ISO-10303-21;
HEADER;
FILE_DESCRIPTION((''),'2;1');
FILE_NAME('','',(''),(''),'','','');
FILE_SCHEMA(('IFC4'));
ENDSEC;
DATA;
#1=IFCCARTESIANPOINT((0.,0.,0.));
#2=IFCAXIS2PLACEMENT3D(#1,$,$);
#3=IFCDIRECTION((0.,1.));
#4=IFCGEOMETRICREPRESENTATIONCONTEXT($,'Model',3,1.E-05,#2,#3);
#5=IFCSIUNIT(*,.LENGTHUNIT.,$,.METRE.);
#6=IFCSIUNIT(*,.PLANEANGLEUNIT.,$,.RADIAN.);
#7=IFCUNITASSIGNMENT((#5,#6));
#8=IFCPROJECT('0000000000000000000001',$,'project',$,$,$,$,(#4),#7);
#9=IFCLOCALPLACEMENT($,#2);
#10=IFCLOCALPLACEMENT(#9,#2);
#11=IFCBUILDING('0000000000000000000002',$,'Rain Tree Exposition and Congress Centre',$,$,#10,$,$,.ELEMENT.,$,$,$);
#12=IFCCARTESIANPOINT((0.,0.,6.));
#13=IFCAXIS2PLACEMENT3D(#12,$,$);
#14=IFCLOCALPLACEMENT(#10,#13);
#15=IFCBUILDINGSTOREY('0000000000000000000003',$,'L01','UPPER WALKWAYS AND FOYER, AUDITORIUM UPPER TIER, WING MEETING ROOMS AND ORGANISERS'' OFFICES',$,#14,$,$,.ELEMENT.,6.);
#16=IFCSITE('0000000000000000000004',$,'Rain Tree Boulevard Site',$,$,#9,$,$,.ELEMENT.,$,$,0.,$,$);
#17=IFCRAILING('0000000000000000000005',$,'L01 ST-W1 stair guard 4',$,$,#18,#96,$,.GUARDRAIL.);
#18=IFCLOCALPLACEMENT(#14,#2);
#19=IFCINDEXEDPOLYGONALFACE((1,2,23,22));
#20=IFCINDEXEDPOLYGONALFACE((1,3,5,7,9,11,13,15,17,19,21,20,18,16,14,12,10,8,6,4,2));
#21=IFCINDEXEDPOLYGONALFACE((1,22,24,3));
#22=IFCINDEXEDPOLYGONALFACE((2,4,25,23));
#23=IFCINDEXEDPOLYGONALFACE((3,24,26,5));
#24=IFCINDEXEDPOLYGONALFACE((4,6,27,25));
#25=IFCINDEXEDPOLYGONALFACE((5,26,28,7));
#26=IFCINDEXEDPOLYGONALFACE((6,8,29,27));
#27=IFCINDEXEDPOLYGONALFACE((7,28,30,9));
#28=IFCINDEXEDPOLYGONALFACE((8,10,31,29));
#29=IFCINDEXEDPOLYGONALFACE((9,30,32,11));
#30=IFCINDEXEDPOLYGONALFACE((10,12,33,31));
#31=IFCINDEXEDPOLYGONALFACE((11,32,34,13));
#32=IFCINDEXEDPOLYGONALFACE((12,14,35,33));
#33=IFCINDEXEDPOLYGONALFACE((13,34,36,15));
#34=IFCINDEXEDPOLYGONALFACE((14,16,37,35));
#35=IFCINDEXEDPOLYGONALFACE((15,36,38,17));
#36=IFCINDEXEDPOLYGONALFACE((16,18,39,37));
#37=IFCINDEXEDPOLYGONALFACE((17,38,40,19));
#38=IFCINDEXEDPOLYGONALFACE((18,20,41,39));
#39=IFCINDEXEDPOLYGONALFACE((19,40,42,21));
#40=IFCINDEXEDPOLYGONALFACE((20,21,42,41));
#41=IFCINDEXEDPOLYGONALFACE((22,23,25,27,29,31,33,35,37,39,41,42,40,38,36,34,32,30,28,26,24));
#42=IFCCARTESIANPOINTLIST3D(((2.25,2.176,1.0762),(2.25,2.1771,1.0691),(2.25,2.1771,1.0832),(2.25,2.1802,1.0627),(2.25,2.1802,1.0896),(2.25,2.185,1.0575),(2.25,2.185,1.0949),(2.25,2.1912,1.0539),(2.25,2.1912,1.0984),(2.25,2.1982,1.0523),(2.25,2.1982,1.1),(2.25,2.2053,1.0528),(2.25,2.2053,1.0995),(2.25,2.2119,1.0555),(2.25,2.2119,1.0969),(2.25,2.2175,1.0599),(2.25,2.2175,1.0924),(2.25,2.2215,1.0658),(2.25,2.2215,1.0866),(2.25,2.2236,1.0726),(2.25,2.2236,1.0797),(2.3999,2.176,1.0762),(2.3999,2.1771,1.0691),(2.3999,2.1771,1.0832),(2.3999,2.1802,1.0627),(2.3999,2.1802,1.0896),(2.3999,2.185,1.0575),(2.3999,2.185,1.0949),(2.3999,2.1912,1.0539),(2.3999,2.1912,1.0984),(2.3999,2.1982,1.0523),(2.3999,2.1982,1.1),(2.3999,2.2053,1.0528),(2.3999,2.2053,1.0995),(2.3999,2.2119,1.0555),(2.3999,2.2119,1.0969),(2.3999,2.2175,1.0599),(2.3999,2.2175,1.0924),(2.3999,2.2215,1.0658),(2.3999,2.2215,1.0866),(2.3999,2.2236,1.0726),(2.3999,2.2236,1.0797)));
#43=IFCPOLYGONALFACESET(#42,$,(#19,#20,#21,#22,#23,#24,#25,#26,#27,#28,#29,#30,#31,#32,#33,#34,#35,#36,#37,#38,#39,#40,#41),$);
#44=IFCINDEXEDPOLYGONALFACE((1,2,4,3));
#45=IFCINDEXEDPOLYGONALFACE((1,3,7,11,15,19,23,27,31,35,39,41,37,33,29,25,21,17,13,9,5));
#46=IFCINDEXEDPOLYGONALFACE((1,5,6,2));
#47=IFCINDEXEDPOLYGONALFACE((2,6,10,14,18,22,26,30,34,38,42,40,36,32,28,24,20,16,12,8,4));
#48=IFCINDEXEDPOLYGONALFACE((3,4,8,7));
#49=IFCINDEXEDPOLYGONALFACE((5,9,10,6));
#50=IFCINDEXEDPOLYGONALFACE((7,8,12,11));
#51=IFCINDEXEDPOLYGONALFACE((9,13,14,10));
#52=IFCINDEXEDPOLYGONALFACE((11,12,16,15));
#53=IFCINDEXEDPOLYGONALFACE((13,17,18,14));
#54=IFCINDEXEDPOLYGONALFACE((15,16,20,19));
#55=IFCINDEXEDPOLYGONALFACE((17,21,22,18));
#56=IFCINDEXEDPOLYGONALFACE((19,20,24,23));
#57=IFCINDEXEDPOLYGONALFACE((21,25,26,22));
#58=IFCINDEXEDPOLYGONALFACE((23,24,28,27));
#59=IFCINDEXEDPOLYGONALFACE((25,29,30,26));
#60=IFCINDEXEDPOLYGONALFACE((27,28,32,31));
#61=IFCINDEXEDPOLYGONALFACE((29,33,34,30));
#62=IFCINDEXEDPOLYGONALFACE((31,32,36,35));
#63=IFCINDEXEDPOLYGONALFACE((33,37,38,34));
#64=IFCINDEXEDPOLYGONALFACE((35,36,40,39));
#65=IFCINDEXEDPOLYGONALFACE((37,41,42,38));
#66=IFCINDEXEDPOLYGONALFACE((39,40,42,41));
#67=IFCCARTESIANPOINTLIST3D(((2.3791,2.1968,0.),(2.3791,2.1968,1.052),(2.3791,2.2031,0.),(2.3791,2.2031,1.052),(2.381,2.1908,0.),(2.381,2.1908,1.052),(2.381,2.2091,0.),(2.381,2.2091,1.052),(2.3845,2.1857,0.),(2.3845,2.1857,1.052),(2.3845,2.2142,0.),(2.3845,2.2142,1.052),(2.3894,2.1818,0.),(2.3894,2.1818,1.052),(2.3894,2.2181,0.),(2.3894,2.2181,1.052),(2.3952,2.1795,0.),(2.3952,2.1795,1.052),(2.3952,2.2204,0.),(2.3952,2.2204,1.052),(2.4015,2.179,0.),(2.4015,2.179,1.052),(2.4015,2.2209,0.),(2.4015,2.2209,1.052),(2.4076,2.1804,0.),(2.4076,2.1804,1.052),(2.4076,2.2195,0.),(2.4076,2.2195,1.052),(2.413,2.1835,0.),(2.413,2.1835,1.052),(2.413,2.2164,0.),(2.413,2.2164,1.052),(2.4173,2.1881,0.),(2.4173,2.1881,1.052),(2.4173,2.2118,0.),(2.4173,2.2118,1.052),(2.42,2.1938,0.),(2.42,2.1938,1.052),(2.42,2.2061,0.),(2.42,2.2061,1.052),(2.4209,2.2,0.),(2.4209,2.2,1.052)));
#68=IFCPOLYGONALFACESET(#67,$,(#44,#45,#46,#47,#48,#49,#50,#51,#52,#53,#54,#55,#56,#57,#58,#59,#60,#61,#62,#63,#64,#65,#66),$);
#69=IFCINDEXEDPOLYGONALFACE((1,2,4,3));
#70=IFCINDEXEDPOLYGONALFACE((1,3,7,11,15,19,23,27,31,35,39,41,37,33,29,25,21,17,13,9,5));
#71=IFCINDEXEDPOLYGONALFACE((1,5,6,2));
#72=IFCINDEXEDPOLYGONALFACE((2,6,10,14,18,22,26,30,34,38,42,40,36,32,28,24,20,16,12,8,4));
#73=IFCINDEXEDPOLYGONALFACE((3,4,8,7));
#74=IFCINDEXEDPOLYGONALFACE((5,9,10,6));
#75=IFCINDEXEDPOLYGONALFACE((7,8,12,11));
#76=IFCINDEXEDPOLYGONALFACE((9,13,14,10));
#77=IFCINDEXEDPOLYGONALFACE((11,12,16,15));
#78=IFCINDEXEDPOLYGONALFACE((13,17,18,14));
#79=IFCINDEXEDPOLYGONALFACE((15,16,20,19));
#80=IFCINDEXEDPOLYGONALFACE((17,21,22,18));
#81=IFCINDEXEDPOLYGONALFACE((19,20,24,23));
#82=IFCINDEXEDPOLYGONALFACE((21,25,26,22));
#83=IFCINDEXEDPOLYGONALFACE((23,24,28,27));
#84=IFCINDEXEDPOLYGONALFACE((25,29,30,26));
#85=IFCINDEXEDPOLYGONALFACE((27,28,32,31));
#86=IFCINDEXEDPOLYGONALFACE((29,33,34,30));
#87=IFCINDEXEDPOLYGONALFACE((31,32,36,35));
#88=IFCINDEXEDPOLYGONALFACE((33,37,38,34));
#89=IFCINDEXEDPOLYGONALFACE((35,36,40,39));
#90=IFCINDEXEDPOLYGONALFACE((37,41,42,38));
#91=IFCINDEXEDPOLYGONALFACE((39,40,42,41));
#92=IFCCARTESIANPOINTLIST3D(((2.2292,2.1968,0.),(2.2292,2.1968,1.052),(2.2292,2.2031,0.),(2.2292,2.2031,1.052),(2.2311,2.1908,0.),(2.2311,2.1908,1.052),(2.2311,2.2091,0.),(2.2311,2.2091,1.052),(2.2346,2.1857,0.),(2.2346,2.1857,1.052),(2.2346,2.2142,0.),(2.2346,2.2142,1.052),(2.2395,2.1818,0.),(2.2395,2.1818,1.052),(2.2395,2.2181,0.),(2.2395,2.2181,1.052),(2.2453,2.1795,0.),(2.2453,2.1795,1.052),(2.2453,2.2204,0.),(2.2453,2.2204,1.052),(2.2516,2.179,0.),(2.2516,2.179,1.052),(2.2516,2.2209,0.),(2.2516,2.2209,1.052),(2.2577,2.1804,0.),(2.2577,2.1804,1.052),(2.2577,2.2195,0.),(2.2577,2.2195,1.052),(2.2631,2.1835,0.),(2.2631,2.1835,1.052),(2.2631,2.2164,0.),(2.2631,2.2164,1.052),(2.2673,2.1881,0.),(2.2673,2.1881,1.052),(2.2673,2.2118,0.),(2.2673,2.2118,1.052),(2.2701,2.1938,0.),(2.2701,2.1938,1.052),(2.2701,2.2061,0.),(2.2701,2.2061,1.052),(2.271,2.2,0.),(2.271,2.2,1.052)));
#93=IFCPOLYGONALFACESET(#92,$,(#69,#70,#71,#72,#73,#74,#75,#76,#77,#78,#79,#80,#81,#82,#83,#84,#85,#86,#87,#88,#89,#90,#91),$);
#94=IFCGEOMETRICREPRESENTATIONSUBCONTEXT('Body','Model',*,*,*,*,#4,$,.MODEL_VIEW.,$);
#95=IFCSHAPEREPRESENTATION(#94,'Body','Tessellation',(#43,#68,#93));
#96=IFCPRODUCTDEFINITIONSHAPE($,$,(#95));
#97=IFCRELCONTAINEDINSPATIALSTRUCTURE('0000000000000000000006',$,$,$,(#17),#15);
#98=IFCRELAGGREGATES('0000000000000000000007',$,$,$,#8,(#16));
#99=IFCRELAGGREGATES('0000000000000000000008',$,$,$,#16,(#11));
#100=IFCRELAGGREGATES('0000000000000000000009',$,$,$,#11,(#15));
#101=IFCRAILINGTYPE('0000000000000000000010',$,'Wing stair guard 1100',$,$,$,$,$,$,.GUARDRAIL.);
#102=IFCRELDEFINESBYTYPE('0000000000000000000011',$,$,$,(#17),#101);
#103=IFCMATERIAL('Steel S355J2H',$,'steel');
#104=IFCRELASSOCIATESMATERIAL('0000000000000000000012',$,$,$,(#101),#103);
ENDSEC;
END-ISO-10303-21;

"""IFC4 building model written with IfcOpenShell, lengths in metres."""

from ifc_helpers import new_model, si_unit, direction, frame, origin, origin_2d, place, context, subcontext, project, spatial, circle, extrude, material, type_object, element, save


model = new_model("IFC4")

# Units and contexts
model_context = context("Model", 3, precision=1e-05, world=origin(), true_north=direction((0.0, 1.0)))
body_context = subcontext(model_context, "Body", "Model", "MODEL_VIEW")
ifc_project = project(units=[si_unit("LENGTHUNIT", "METRE"), si_unit("PLANEANGLEUNIT", "RADIAN")], contexts=[model_context])

# Site, building, storey
site_placement = place(None, origin())
site = spatial("IfcSite", under=ifc_project, at=site_placement, Name="Rain Tree Boulevard Site", CompositionType="ELEMENT", RefElevation=0.0)
building_placement = place(site_placement, origin())
building = spatial("IfcBuilding", under=site, at=building_placement, Name="Rain Tree Exposition and Congress Centre", CompositionType="ELEMENT")
storey_placement = place(building_placement, frame((0.0, 0.0, 6.0)))
storey = spatial("IfcBuildingStorey", under=building, at=storey_placement, Name="L01", Description="UPPER WALKWAYS AND FOYER, AUDITORIUM UPPER TIER, WING MEETING ROOMS AND ORGANISERS' OFFICES", CompositionType="ELEMENT", Elevation=6.0)

# Railing
ifc_material_1 = material(Name="Steel S355J2H", Category="steel")
railing_type_1 = type_object("IfcRailingType", Name="Wing stair guard 1100", PredefinedType="GUARDRAIL", material=ifc_material_1)
railing_1_placement = place(storey_placement, frame((2.3999, 2.2, 0.0)))
element("IfcRailing", 1, at=railing_1_placement, inside=storey, type_object=railing_type_1, Name="L01 ST-W1 stair guard 4", PredefinedType="GUARDRAIL", context=body_context, shape_type="SweptSolid", body=[
    extrude(circle(Radius=0.0239, at=origin_2d()), frame((0.0, 0.0, 1.0762), z_axis=(-1.0, 0.0, 0.0), x_axis=(0.0, -1.0, 0.0)), (0.0, 0.0, 1.0), 0.1499),
    extrude(circle(Radius=0.021, at=origin_2d()), origin(), (0.0, 0.0, 1.0), 1.052),
    extrude(circle(Radius=0.021, at=origin_2d()), frame((-0.1499, 0.0, 0.0)), (0.0, 0.0, 1.0), 1.052),
])

save(model, "model.ifc")
